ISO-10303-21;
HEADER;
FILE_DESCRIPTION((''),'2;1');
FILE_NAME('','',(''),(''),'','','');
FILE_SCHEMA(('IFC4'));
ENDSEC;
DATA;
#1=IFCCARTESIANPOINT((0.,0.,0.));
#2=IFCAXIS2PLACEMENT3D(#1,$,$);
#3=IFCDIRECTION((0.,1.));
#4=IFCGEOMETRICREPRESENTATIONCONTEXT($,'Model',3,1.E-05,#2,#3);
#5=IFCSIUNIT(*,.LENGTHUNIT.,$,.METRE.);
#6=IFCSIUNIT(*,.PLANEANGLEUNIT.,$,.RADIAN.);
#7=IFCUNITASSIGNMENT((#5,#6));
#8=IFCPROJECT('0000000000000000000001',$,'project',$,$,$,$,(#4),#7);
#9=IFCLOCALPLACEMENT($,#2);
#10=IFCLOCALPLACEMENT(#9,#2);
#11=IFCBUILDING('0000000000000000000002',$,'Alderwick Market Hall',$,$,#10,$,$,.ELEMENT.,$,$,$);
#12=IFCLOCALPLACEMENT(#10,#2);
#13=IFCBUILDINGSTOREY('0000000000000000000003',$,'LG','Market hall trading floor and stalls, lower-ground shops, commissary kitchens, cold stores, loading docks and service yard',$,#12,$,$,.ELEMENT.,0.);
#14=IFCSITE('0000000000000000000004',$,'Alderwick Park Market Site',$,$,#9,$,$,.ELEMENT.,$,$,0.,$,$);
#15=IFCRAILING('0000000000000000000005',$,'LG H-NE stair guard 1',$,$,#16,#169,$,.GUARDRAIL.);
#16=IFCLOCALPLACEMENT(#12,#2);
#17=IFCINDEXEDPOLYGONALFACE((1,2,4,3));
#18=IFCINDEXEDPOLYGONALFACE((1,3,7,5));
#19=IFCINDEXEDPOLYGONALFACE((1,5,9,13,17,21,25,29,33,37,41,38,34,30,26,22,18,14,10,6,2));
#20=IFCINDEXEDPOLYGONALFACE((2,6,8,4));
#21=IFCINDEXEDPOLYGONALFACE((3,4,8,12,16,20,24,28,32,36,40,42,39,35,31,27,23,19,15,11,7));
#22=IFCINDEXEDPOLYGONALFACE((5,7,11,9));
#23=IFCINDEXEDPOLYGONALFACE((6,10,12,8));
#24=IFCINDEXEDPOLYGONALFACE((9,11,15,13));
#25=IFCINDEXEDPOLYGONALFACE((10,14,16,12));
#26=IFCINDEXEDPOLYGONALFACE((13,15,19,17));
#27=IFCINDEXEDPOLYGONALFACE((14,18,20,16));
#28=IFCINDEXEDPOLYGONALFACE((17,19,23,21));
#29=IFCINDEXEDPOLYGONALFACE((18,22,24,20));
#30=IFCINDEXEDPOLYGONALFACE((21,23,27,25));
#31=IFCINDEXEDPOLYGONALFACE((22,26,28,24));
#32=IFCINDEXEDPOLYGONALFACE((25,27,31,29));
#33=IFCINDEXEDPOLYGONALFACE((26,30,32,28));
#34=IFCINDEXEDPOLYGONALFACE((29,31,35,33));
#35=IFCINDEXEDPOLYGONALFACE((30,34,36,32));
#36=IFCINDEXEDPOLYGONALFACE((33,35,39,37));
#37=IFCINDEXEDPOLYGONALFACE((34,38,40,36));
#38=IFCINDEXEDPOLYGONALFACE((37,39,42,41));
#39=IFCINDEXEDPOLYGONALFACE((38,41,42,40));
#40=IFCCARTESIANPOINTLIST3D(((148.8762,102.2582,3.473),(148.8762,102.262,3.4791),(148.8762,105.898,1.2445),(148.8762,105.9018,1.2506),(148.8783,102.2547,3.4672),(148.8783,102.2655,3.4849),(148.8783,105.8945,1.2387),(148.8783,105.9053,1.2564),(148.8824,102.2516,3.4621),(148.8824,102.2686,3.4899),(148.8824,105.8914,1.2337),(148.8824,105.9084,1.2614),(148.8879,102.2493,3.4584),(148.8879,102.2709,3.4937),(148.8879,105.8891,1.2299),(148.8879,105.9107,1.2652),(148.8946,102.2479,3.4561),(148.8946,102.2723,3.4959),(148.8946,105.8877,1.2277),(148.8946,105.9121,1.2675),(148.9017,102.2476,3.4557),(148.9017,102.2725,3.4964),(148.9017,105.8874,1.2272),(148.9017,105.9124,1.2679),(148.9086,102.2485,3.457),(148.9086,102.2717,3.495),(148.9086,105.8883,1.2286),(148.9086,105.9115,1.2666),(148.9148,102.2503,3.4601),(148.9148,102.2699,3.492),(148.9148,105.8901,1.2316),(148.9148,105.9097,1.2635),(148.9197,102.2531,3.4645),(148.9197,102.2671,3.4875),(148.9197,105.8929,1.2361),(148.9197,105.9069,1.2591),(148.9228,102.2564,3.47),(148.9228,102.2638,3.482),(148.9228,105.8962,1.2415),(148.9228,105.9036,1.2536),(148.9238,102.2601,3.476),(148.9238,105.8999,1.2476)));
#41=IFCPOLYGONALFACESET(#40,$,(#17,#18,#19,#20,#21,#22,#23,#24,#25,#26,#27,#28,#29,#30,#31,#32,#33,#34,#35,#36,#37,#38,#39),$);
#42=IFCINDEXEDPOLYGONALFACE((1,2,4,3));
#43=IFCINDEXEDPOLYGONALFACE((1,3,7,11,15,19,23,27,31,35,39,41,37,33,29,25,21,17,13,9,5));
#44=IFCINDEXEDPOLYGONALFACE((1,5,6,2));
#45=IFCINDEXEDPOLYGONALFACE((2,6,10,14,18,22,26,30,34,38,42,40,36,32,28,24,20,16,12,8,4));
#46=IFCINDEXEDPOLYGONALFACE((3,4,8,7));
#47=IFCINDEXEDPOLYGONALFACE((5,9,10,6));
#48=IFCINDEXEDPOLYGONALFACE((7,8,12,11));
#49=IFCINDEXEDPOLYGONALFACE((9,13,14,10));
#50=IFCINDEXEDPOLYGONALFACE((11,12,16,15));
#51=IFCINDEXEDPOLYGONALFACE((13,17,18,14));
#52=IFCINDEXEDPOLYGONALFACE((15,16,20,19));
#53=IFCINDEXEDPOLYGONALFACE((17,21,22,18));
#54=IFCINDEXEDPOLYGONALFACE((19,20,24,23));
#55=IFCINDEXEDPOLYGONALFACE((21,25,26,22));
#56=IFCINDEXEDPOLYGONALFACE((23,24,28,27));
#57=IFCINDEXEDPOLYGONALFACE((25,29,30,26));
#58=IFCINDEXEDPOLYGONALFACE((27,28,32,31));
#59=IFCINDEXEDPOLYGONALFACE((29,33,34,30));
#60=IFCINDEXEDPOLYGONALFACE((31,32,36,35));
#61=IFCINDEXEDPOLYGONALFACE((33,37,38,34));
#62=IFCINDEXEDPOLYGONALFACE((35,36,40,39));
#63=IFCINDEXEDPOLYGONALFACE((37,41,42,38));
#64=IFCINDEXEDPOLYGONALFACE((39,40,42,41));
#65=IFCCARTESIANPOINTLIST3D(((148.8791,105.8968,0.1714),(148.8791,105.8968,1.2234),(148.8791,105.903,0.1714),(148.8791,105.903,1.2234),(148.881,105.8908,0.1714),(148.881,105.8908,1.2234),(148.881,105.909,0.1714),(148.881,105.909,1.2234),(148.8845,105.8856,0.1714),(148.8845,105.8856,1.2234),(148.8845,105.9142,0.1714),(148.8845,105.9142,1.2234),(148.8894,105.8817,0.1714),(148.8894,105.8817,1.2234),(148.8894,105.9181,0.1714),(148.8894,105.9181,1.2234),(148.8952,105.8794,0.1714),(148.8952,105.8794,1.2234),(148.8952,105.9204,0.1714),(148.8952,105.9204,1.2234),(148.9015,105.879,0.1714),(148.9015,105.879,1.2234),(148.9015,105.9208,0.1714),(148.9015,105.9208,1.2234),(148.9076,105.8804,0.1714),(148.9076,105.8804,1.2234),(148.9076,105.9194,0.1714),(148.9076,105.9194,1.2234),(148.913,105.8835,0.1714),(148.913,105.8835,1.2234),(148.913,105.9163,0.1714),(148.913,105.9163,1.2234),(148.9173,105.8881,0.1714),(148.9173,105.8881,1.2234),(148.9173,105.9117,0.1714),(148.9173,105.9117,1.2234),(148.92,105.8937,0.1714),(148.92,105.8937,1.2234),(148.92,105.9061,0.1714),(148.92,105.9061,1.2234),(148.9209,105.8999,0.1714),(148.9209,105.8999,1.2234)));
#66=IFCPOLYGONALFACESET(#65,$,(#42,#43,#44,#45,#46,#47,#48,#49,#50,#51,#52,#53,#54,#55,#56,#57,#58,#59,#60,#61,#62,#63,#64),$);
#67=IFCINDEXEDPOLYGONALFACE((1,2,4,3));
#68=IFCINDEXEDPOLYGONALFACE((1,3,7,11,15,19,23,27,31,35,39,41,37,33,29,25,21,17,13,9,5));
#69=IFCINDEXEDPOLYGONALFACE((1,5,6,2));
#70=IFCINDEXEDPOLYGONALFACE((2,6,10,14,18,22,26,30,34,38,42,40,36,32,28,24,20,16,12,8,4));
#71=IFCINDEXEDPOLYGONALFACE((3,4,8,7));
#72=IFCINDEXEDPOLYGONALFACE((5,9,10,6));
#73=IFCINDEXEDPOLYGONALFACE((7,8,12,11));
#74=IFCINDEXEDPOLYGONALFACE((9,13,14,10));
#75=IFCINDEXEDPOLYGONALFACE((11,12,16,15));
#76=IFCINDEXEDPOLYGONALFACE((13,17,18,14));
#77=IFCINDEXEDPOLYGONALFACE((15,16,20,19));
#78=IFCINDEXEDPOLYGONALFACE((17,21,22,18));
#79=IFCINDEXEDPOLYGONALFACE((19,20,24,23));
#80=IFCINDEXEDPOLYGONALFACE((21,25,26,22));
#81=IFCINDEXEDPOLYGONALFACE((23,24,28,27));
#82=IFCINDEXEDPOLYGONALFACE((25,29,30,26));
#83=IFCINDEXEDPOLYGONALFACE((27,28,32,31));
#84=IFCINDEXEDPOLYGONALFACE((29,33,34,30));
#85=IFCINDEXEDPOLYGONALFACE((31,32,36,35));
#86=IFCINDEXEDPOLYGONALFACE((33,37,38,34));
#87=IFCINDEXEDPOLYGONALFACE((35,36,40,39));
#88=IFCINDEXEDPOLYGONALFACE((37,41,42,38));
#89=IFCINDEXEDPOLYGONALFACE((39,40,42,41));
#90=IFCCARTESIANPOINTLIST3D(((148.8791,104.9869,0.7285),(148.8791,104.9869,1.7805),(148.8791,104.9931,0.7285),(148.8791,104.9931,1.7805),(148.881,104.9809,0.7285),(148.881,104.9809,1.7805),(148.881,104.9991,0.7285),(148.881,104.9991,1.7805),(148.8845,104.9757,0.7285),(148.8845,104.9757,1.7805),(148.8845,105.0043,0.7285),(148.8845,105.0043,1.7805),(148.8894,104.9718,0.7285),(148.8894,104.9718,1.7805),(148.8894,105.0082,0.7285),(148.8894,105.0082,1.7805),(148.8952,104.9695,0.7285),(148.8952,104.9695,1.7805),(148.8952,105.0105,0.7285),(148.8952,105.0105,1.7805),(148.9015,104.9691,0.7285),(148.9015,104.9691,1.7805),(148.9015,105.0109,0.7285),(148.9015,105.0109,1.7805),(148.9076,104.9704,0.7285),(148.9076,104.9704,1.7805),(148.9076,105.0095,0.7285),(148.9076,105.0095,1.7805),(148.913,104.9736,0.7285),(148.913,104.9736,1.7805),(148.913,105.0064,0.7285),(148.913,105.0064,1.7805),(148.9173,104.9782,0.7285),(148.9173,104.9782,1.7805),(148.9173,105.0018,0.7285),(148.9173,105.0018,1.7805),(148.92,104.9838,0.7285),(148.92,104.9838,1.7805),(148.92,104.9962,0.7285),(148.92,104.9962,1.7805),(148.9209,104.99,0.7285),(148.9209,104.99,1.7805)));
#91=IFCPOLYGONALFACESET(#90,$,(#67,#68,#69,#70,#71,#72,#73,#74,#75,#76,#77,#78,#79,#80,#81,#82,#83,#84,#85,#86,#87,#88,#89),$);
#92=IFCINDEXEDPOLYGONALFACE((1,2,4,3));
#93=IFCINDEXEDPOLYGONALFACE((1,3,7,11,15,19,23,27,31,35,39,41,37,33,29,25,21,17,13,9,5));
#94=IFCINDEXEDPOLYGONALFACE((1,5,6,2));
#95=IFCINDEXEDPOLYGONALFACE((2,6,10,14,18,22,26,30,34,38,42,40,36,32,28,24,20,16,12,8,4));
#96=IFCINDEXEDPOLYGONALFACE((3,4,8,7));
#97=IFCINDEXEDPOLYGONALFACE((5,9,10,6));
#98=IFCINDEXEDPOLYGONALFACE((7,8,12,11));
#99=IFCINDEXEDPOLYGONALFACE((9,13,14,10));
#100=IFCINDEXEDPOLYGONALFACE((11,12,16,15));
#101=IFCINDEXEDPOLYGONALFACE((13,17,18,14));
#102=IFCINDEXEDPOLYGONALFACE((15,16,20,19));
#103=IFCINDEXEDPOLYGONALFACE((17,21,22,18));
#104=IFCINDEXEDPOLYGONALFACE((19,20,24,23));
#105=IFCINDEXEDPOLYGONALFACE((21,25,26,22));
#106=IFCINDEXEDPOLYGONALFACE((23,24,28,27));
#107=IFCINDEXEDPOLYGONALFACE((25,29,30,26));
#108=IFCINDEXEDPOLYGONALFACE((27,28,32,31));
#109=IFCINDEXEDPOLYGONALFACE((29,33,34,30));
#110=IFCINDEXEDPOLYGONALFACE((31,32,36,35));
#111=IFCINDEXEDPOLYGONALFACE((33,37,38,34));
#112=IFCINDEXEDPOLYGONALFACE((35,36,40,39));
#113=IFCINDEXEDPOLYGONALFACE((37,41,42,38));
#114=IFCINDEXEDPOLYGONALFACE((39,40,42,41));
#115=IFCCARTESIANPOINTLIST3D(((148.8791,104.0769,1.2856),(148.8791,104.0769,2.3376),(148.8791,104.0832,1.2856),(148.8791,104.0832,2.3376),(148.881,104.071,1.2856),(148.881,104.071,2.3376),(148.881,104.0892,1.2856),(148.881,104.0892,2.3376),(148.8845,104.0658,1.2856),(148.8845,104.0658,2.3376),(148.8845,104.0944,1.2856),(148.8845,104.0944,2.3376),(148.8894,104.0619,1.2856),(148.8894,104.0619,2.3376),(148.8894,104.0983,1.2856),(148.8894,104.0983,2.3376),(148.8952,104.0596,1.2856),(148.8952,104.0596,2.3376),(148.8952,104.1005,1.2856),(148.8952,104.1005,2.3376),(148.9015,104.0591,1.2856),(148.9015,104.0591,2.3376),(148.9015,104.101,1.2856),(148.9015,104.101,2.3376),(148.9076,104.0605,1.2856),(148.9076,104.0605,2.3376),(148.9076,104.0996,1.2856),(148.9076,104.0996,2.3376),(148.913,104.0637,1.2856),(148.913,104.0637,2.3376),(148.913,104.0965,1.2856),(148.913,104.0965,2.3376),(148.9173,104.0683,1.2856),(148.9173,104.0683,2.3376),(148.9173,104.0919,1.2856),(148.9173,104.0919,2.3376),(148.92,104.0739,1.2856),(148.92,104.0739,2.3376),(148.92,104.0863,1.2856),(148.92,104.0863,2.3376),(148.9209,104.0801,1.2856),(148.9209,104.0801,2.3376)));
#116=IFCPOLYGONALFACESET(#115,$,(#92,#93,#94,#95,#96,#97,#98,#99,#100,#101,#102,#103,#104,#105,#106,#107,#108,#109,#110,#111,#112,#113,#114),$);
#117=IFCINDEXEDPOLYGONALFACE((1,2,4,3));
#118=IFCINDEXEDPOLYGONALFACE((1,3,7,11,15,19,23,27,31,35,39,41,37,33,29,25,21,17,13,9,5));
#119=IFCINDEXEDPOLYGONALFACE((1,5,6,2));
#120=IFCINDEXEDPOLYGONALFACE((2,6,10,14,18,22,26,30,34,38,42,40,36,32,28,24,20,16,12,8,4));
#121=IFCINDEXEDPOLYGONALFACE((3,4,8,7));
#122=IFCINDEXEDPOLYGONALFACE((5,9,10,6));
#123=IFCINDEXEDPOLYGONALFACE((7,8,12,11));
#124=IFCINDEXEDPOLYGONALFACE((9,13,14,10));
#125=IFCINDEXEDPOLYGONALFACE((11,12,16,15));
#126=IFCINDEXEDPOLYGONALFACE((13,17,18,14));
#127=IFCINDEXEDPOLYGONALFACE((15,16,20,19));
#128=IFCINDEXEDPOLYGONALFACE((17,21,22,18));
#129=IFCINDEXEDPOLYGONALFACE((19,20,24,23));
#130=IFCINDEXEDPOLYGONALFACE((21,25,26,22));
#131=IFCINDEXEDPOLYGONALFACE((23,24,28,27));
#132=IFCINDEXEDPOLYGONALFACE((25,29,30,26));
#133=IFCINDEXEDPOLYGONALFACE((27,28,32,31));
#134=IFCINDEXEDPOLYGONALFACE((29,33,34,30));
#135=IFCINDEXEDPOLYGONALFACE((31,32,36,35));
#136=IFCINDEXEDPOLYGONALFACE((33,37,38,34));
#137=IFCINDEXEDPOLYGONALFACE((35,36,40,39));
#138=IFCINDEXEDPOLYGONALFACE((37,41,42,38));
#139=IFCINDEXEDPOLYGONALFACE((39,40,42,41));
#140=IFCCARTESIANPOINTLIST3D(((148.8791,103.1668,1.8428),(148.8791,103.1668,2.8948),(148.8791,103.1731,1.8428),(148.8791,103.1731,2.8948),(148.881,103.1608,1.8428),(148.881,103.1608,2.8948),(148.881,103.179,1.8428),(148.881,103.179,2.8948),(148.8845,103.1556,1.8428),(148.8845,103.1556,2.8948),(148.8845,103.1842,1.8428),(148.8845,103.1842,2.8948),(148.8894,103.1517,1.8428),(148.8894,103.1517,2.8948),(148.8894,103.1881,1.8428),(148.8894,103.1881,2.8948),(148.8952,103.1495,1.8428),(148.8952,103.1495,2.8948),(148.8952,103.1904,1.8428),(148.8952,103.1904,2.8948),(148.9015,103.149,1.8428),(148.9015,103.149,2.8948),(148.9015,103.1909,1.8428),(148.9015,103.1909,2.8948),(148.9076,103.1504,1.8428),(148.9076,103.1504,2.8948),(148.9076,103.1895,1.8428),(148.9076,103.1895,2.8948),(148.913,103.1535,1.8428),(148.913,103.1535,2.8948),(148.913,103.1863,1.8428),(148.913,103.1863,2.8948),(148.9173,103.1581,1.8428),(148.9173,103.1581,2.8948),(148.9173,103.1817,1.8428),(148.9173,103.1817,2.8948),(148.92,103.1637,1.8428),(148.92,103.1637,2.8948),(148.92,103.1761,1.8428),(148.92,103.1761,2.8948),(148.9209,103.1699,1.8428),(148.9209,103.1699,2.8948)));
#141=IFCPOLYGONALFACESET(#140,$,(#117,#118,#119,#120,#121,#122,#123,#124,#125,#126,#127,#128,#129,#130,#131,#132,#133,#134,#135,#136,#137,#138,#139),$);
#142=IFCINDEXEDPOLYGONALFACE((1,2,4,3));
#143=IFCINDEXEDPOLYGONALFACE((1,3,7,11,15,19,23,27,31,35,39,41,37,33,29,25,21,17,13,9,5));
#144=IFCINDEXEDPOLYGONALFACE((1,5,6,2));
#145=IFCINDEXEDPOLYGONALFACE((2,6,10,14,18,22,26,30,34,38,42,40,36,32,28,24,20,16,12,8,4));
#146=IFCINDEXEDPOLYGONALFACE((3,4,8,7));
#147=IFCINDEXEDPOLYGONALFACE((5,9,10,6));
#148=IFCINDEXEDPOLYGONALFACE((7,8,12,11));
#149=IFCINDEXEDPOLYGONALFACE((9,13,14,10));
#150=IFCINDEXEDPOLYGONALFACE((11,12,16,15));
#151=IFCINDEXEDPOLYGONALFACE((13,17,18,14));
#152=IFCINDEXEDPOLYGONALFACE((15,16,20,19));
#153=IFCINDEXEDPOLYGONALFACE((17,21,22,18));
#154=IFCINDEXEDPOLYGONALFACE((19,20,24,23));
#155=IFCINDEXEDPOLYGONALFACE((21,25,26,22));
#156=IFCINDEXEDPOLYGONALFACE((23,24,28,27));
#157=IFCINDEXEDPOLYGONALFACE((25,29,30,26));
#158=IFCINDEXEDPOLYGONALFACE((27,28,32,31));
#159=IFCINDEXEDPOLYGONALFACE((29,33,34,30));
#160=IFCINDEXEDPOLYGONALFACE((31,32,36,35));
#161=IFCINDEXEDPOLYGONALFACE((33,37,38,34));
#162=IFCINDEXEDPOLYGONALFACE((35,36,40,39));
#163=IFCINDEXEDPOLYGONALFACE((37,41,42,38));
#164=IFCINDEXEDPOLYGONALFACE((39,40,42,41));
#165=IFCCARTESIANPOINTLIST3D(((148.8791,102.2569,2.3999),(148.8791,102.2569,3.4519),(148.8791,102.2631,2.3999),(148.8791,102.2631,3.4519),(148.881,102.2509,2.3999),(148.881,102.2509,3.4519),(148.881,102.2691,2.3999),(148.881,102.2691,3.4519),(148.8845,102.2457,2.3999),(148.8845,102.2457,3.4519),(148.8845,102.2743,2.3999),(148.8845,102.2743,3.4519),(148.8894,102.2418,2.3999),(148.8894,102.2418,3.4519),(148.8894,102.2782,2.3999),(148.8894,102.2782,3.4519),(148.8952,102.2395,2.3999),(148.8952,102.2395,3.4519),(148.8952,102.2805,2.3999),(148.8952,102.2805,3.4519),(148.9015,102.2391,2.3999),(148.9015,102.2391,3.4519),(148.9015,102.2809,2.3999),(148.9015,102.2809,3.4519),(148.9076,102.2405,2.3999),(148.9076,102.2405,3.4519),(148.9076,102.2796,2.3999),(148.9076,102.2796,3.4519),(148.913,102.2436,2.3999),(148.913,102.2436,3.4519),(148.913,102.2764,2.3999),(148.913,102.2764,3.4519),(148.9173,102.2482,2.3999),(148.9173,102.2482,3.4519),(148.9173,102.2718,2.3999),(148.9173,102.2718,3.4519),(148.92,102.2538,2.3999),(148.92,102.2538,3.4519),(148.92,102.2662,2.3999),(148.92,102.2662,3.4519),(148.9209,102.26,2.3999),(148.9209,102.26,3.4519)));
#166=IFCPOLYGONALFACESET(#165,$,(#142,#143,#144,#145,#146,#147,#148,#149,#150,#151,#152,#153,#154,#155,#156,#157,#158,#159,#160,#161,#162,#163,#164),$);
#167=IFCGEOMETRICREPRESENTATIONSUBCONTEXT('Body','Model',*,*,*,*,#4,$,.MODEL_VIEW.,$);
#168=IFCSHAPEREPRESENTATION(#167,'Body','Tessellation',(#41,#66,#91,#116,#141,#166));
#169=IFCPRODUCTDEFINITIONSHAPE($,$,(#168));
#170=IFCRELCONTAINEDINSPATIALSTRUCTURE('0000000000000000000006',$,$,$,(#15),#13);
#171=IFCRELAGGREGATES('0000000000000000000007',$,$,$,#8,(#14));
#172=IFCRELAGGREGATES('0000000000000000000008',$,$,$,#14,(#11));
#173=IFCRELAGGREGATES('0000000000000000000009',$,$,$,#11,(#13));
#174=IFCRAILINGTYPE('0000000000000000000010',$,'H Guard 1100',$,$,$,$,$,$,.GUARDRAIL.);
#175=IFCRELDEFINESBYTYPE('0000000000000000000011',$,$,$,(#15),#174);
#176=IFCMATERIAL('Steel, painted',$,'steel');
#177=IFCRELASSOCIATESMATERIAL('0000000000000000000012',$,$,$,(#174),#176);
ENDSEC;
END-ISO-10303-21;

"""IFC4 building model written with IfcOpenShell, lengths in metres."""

from ifc_helpers import new_model, si_unit, direction, frame, origin, origin_2d, place, context, subcontext, project, spatial, circle, extrude, material, type_object, element, save


model = new_model("IFC4")

# Units and contexts
model_context = context("Model", 3, precision=1e-05, world=origin(), true_north=direction((0.0, 1.0)))
body_context = subcontext(model_context, "Body", "Model", "MODEL_VIEW")
ifc_project = project(units=[si_unit("LENGTHUNIT", "METRE"), si_unit("PLANEANGLEUNIT", "RADIAN")], contexts=[model_context])

# Site, building, storey
site_placement = place(None, origin())
site = spatial("IfcSite", under=ifc_project, at=site_placement, Name="Alderwick Park Market Site", CompositionType="ELEMENT", RefElevation=0.0)
building_placement = place(site_placement, origin())
building = spatial("IfcBuilding", under=site, at=building_placement, Name="Alderwick Market Hall", CompositionType="ELEMENT")
storey_placement = place(building_placement, origin())
storey = spatial("IfcBuildingStorey", under=building, at=storey_placement, Name="LG", Description="Market hall trading floor and stalls, lower-ground shops, commissary kitchens, cold stores, loading docks and service yard", CompositionType="ELEMENT", Elevation=0.0)

# Railing
ifc_material_1 = material(Name="Steel, painted", Category="steel")
railing_type_1 = type_object("IfcRailingType", Name="H Guard 1100", PredefinedType="GUARDRAIL", material=ifc_material_1)
railing_1_placement = place(storey_placement, frame((148.8999, 105.8999, 0.1714)))
element("IfcRailing", 1, at=railing_1_placement, inside=storey, type_object=railing_type_1, Name="LG H-NE stair guard 1", PredefinedType="GUARDRAIL", context=body_context, shape_type="SweptSolid", body=[
    extrude(circle(Radius=0.0239, at=origin_2d()), frame((0.0, 0.0, 1.0762), z_axis=(0.0, -0.85285, 0.522156), x_axis=(1.0, 0.0, 0.0)), (0.0, 0.0, 1.0), 4.2678),
    extrude(circle(Radius=0.021, at=origin_2d()), origin(), (0.0, 0.0, 1.0), 1.052),
    extrude(circle(Radius=0.021, at=origin_2d()), frame((0.0, -0.9099, 0.5571)), (0.0, 0.0, 1.0), 1.052),
    extrude(circle(Radius=0.021, at=origin_2d()), frame((0.0, -1.8198, 1.1143)), (0.0, 0.0, 1.0), 1.052),
    extrude(circle(Radius=0.021, at=origin_2d()), frame((0.0, -2.73, 1.6714)), (0.0, 0.0, 1.0), 1.052),
    extrude(circle(Radius=0.021, at=origin_2d()), frame((0.0, -3.6399, 2.2285)), (0.0, 0.0, 1.0), 1.052),
])

save(model, "model.ifc")
